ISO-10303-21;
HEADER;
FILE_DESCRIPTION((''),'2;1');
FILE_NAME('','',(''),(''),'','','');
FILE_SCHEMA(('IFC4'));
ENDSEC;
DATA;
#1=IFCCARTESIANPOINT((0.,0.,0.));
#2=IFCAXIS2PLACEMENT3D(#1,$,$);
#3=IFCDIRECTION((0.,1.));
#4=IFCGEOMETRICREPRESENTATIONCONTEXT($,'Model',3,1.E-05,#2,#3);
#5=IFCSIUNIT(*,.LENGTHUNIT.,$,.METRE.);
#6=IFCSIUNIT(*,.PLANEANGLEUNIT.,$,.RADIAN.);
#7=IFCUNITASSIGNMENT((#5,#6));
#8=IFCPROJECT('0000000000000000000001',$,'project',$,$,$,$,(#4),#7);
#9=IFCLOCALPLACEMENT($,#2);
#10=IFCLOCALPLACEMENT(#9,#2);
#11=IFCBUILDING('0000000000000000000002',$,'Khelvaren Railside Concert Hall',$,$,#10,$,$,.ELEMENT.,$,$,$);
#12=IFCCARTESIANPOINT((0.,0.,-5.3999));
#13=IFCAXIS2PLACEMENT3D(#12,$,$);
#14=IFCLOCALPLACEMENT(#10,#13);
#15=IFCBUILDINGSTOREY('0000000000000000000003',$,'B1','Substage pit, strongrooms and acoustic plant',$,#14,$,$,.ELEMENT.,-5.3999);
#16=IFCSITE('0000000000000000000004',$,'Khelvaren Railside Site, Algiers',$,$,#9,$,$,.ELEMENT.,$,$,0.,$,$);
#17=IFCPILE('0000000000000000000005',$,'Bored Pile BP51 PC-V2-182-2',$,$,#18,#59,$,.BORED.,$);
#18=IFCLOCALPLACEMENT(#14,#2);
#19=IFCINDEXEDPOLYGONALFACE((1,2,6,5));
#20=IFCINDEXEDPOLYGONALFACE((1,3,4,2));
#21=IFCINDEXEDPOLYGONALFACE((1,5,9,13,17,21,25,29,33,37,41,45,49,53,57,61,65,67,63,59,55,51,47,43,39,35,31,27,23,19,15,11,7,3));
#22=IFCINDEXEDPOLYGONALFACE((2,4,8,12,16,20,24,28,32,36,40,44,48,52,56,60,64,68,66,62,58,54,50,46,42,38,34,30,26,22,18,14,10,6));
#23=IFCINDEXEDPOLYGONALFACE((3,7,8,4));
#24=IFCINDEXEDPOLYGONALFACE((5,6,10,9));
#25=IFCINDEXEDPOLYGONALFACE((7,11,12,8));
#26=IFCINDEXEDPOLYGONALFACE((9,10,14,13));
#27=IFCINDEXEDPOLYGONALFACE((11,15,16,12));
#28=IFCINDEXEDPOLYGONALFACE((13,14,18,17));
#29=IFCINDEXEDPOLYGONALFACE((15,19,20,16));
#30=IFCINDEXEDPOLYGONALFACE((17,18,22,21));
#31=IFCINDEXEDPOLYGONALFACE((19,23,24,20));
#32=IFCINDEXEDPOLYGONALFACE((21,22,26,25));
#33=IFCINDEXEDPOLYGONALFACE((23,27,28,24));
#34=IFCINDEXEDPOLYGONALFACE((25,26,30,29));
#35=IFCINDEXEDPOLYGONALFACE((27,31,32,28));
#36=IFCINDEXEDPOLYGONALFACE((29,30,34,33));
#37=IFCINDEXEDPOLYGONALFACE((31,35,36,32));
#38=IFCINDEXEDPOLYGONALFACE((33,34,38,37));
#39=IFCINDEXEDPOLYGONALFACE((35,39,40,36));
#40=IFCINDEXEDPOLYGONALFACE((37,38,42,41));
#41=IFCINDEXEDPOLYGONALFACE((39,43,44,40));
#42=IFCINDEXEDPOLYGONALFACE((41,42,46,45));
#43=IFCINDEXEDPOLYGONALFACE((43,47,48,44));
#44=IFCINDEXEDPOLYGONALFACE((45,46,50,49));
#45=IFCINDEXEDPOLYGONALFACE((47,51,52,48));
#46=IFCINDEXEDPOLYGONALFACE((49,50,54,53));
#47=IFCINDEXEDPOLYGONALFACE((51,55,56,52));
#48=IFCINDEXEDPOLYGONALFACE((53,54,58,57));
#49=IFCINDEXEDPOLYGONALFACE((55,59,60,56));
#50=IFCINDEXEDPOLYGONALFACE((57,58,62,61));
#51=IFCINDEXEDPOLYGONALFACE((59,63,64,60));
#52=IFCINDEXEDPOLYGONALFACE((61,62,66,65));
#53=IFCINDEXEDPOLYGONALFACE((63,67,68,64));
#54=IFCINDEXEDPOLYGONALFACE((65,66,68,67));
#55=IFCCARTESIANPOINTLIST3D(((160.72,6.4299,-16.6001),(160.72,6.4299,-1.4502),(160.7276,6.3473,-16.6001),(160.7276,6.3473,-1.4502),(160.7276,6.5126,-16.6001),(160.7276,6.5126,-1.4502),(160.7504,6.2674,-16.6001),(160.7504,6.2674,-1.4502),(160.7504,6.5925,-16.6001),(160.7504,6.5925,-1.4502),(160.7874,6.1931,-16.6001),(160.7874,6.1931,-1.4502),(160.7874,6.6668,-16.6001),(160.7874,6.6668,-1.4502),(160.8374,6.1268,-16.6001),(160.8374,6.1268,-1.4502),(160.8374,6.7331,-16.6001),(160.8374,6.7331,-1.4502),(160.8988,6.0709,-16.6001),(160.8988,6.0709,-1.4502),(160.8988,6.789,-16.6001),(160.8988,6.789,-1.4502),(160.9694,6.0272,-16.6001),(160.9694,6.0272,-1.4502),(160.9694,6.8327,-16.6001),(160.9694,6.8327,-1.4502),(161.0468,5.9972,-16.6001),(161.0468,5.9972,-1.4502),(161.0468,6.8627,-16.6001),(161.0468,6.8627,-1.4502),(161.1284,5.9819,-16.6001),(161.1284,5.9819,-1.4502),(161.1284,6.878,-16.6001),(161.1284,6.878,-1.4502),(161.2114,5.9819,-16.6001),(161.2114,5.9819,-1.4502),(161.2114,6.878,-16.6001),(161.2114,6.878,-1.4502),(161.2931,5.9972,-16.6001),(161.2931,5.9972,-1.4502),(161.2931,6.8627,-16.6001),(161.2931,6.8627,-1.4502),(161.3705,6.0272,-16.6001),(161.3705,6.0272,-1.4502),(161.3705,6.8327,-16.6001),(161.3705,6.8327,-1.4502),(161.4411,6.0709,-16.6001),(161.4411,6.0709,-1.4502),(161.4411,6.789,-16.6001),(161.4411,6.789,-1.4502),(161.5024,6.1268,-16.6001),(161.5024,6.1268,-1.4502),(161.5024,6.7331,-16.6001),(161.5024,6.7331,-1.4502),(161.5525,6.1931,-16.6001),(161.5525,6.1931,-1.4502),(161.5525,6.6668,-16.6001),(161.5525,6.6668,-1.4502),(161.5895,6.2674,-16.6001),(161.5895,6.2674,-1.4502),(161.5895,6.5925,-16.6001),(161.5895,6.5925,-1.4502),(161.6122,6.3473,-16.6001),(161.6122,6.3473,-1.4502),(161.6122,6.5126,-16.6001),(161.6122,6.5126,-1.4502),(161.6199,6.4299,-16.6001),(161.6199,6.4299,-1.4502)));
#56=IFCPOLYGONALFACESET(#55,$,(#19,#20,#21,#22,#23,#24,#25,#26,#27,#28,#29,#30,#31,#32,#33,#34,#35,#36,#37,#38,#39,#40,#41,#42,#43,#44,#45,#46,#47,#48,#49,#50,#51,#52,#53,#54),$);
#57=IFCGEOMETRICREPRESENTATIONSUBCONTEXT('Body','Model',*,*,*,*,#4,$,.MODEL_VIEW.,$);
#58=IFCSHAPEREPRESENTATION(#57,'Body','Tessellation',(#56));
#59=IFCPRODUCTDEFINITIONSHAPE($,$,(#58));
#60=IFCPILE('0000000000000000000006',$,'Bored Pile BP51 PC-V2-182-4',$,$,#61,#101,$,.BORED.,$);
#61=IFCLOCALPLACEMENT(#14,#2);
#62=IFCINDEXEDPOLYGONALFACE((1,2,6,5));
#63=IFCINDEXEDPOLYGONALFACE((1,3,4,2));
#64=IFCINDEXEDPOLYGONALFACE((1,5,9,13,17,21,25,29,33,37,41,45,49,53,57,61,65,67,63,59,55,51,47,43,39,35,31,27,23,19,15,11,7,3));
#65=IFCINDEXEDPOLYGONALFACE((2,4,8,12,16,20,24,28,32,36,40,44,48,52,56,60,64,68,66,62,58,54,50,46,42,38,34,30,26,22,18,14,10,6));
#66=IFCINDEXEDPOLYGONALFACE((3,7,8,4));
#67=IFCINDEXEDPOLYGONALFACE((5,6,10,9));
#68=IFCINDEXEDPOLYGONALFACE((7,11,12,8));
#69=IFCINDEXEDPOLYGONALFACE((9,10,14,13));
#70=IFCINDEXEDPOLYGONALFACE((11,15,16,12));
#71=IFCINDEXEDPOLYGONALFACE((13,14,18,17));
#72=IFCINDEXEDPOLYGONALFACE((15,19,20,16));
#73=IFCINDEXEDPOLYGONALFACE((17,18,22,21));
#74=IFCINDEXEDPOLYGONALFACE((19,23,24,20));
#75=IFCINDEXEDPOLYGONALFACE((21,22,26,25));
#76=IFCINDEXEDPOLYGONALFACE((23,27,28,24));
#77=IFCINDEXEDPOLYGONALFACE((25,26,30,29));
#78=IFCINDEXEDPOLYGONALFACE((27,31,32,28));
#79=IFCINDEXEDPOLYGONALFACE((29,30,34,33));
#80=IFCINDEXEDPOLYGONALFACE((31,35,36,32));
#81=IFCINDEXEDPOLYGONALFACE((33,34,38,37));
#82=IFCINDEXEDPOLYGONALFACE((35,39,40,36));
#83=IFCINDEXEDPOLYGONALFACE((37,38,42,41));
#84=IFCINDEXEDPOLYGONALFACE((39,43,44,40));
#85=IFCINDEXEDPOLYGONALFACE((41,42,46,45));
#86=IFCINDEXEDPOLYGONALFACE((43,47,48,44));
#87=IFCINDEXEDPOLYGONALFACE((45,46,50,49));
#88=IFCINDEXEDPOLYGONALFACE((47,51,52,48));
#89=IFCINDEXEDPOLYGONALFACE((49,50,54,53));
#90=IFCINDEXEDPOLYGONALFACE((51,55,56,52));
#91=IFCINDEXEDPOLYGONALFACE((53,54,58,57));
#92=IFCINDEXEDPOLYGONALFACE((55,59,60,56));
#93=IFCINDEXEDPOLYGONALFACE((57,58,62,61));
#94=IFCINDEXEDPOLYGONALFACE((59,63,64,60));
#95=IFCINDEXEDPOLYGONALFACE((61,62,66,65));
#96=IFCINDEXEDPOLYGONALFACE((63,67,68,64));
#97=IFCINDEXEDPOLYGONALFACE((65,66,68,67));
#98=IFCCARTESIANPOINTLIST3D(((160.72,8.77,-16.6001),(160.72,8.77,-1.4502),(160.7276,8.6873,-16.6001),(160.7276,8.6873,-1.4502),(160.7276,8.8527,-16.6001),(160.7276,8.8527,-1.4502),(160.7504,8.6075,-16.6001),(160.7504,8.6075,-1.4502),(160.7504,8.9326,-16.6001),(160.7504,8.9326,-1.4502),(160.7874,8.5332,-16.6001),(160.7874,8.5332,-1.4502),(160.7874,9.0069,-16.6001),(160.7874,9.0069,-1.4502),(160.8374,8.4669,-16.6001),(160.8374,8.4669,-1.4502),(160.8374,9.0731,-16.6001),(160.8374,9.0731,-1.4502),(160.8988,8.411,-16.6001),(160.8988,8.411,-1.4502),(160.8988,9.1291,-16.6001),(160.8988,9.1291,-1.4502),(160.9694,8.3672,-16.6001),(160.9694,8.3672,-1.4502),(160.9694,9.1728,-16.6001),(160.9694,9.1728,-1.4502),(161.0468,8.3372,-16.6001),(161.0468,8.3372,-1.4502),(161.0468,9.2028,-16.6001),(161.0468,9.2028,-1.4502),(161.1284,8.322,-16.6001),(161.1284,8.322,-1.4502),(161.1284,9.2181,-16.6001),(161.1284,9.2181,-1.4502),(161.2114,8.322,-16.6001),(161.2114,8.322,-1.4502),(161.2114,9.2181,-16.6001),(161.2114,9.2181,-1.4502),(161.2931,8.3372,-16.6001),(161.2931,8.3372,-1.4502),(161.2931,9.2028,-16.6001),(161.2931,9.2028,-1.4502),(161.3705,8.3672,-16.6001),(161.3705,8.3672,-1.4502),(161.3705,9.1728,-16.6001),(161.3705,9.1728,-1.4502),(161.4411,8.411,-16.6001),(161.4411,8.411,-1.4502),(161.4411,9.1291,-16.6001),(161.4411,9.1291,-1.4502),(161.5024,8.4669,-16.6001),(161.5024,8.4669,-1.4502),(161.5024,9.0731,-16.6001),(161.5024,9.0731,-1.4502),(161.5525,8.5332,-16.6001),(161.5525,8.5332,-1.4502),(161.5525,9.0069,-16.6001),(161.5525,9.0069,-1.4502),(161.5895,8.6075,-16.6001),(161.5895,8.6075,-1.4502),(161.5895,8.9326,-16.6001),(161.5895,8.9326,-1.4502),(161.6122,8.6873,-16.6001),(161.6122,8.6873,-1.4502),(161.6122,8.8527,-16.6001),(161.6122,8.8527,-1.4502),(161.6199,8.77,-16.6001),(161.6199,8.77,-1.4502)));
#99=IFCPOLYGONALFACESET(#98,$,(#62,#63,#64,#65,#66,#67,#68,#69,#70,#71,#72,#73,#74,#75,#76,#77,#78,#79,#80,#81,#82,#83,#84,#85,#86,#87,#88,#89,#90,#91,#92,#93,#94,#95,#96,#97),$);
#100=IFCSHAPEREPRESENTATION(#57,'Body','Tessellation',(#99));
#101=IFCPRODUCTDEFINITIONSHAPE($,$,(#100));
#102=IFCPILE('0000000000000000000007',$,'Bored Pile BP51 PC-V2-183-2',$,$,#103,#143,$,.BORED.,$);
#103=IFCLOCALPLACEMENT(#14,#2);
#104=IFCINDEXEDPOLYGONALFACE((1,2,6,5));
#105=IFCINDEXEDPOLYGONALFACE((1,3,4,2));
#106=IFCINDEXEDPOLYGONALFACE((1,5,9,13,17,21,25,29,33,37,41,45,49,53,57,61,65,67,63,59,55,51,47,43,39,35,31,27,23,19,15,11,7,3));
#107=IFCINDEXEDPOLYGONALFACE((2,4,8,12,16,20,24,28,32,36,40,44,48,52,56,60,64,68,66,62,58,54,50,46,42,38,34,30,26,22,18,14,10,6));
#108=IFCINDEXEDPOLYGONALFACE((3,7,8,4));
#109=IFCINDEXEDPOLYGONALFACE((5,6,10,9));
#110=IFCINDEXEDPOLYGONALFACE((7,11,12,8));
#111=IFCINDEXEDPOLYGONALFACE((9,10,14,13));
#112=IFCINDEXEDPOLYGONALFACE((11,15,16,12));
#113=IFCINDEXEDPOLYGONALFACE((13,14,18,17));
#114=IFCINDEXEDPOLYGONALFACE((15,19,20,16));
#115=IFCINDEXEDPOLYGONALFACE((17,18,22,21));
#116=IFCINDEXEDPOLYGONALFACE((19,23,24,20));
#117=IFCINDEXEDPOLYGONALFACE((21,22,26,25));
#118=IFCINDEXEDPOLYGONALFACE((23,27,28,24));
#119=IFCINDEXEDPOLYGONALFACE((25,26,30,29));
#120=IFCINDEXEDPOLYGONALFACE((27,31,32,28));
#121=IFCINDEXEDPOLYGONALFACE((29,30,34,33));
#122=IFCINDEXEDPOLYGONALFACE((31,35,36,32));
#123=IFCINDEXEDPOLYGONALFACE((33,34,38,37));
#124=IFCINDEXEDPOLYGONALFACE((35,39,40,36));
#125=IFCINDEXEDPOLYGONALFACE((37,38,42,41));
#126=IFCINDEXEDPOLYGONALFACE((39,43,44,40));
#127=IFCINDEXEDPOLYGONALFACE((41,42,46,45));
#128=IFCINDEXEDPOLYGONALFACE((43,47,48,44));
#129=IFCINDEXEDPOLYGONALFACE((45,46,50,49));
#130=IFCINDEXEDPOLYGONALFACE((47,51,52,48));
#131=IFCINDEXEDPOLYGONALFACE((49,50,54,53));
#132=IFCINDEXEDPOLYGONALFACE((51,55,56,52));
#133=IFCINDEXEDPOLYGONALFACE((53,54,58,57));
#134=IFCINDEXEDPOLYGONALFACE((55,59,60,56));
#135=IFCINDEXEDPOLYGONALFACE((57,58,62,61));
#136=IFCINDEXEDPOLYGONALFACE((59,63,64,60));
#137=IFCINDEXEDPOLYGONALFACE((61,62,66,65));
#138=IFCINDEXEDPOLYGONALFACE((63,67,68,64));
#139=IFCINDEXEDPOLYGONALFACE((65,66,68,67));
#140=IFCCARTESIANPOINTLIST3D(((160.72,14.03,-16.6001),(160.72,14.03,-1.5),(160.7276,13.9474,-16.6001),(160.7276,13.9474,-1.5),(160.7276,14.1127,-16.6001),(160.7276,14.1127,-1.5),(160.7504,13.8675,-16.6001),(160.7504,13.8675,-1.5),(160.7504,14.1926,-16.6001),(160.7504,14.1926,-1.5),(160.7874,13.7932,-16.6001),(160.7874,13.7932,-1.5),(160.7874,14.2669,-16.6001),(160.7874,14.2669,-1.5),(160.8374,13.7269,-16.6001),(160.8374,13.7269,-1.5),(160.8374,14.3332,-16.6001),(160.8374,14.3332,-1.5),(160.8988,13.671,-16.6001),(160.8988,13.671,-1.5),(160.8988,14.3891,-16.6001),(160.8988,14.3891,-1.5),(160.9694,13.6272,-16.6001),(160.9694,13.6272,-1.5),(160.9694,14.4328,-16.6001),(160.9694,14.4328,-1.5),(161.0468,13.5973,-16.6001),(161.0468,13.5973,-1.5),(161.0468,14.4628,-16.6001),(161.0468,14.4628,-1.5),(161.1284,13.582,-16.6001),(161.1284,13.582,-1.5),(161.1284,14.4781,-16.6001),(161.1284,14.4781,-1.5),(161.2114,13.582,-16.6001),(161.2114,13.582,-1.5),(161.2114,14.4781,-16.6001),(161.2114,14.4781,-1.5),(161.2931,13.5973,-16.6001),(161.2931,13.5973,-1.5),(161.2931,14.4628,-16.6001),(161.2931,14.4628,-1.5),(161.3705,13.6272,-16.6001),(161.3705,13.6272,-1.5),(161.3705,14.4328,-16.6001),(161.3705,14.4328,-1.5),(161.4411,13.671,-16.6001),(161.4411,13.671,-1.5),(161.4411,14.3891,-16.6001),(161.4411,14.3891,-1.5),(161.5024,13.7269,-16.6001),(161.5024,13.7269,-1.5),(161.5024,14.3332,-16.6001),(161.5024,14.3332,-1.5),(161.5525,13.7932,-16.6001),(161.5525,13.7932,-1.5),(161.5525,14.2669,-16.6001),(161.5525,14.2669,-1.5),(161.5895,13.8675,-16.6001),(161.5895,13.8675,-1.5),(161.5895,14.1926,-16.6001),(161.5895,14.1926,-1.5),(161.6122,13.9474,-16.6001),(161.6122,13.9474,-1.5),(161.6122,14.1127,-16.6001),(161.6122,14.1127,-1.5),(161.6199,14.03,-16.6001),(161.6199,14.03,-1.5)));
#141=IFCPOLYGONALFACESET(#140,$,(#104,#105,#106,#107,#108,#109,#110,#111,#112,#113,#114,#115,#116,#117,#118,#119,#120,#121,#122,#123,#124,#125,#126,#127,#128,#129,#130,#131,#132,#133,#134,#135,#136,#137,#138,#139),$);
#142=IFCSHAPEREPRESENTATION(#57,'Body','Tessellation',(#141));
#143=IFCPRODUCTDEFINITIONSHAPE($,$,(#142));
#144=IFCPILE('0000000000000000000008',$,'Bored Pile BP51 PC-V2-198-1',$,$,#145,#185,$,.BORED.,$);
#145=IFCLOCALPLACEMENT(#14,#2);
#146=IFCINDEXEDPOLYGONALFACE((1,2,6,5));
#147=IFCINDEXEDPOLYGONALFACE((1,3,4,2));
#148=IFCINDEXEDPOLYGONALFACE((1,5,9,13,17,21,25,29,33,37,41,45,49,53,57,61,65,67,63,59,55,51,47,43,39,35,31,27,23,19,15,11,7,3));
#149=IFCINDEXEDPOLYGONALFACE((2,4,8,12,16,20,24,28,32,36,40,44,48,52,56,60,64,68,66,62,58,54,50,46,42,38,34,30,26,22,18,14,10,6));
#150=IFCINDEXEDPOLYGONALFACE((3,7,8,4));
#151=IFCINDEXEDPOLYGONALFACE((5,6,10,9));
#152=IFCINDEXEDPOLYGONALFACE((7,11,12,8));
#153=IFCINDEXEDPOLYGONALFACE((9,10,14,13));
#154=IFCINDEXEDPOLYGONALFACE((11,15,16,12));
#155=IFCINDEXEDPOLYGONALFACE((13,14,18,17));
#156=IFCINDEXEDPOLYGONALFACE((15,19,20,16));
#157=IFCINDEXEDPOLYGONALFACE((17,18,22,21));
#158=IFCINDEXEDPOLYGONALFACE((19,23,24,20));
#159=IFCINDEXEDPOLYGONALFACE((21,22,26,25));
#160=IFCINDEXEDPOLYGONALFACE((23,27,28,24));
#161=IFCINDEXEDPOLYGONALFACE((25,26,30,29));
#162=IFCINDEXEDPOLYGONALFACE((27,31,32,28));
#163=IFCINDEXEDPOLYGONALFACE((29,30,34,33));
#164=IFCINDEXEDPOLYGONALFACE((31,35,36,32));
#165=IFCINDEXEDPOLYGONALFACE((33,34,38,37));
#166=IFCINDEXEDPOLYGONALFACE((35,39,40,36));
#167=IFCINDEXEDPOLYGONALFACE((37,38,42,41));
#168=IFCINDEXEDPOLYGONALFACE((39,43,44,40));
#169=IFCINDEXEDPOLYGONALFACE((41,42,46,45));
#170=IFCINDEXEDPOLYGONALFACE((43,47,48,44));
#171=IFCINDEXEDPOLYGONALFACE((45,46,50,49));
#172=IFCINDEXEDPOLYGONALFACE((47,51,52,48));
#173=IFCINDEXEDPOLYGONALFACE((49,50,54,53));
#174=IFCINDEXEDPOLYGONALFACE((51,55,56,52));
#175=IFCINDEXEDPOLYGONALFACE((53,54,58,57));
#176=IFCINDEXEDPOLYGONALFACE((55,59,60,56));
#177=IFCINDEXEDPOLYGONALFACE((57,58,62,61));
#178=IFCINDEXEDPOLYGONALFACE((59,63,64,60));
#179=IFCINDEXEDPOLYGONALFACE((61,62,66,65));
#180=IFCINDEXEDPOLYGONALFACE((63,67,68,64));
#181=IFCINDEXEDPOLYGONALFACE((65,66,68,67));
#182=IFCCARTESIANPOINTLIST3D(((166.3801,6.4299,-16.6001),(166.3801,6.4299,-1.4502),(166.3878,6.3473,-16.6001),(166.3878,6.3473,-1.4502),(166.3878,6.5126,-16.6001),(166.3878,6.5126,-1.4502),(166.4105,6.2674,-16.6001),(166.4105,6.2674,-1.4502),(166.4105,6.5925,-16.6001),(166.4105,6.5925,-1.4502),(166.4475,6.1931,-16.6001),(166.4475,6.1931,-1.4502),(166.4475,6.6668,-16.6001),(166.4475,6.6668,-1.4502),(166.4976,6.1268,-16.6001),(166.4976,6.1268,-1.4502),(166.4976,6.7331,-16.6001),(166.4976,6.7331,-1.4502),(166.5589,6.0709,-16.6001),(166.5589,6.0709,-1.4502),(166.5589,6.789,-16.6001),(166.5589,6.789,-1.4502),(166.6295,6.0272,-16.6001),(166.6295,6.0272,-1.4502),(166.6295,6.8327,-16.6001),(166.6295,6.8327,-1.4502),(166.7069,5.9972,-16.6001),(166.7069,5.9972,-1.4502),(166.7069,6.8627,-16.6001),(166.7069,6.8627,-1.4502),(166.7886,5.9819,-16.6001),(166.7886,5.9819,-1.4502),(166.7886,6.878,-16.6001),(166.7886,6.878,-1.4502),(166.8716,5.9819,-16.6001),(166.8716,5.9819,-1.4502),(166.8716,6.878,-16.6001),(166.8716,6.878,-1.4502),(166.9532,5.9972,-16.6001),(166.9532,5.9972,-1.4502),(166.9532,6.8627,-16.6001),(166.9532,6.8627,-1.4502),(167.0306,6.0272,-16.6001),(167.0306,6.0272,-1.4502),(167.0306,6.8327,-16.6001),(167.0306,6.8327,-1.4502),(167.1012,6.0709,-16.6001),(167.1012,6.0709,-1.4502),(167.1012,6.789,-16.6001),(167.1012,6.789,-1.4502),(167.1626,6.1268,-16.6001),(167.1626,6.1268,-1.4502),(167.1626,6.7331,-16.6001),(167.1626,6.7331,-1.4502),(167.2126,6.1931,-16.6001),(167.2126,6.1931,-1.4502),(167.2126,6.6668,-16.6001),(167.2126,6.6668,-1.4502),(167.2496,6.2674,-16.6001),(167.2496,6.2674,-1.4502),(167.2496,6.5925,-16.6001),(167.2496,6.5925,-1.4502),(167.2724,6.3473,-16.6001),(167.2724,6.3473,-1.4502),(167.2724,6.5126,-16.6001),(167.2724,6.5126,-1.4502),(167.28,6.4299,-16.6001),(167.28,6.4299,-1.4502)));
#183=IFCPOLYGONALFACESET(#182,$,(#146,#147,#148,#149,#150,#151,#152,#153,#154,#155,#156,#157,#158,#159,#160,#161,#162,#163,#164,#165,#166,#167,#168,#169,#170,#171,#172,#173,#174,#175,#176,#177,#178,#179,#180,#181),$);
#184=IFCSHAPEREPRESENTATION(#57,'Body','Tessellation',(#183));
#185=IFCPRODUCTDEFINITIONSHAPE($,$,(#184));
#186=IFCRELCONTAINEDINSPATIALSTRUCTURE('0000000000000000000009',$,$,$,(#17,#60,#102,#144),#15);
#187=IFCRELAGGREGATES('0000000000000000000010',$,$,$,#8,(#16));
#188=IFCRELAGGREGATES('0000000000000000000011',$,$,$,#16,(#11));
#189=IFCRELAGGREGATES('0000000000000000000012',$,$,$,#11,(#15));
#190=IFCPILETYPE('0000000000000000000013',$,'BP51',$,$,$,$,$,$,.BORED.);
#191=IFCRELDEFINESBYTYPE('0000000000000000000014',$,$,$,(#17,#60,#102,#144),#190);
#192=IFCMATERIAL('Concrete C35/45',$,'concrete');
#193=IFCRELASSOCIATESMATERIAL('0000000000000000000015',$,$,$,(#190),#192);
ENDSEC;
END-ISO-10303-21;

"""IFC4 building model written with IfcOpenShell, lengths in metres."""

from ifc_helpers import new_model, si_unit, direction, frame, origin, origin_2d, place, context, subcontext, project, spatial, circle, extrude, material, material_profile, profile_set, type_object, element, save


model = new_model("IFC4")

# Units and contexts
model_context = context("Model", 3, precision=1e-05, world=origin(), true_north=direction((0.0, 1.0)))
body_context = subcontext(model_context, "Body", "Model", "MODEL_VIEW")
ifc_project = project(units=[si_unit("LENGTHUNIT", "METRE"), si_unit("PLANEANGLEUNIT", "RADIAN")], contexts=[model_context])

# Site, building, storey
site_placement = place(None, origin())
site = spatial("IfcSite", under=ifc_project, at=site_placement, Name="Khelvaren Railside Site, Algiers", CompositionType="ELEMENT", RefElevation=0.0)
building_placement = place(site_placement, origin())
building = spatial("IfcBuilding", under=site, at=building_placement, Name="Khelvaren Railside Concert Hall", CompositionType="ELEMENT")
storey_placement = place(building_placement, frame((0.0, 0.0, -5.3999)))
storey = spatial("IfcBuildingStorey", under=building, at=storey_placement, Name="B1", Description="Substage pit, strongrooms and acoustic plant", CompositionType="ELEMENT", Elevation=-5.3999)

# Piles
ifc_material_1 = material(Name="Concrete C35/45", Category="concrete")
ifc_material_profile_1 = material_profile(ifc_material_1, circle(Radius=0.45, at=origin_2d()), Name="BP D900")
ifc_profile_set_1 = profile_set([ifc_material_profile_1], Name="Concrete C35/45")
pile_type_1 = type_object("IfcPileType", Name="BP51", PredefinedType="BORED", material=ifc_profile_set_1)
for number, where, z_axis, x_axis, name in (
    (1, (161.1699, 6.4299, -1.4502), (0.0, 0.0, -1.0), (1.0, 0.0, 0.0), "Bored Pile BP51 PC-V2-182-2"),
    (2, (161.1699, 8.77, -1.4502), (0.0, 0.0, -1.0), (1.0, 0.0, 0.0), "Bored Pile BP51 PC-V2-182-4"),
):
    element("IfcPile", number, at=place(storey_placement, frame(where, z_axis=z_axis, x_axis=x_axis)), inside=storey, type_object=pile_type_1, Name=name, PredefinedType="BORED", context=body_context, shape_type="SweptSolid", body=[
        extrude(circle(Radius=0.45, at=origin_2d()), origin(), (0.0, 0.0, 1.0), 15.1499),
    ])
pile_placement = place(storey_placement, frame((161.1699, 14.03, -1.5), z_axis=(0.0, 0.0, -1.0), x_axis=(1.0, 0.0, 0.0)))
element("IfcPile", 3, at=pile_placement, inside=storey, type_object=pile_type_1, Name="Bored Pile BP51 PC-V2-183-2", PredefinedType="BORED", context=body_context, shape_type="SweptSolid", body=[
    extrude(circle(Radius=0.45, at=origin_2d()), origin(), (0.0, 0.0, 1.0), 15.1001),
])
for number, where, z_axis, x_axis, name in (
    (4, (166.8301, 6.4299, -1.4502), (0.0, 0.0, -1.0), (1.0, 0.0, 0.0), "Bored Pile BP51 PC-V2-198-1"),
):
    element("IfcPile", number, at=place(storey_placement, frame(where, z_axis=z_axis, x_axis=x_axis)), inside=storey, type_object=pile_type_1, Name=name, PredefinedType="BORED", context=body_context, shape_type="SweptSolid", body=[
        extrude(circle(Radius=0.45, at=origin_2d()), origin(), (0.0, 0.0, 1.0), 15.1499),
    ])

save(model, "model.ifc")
